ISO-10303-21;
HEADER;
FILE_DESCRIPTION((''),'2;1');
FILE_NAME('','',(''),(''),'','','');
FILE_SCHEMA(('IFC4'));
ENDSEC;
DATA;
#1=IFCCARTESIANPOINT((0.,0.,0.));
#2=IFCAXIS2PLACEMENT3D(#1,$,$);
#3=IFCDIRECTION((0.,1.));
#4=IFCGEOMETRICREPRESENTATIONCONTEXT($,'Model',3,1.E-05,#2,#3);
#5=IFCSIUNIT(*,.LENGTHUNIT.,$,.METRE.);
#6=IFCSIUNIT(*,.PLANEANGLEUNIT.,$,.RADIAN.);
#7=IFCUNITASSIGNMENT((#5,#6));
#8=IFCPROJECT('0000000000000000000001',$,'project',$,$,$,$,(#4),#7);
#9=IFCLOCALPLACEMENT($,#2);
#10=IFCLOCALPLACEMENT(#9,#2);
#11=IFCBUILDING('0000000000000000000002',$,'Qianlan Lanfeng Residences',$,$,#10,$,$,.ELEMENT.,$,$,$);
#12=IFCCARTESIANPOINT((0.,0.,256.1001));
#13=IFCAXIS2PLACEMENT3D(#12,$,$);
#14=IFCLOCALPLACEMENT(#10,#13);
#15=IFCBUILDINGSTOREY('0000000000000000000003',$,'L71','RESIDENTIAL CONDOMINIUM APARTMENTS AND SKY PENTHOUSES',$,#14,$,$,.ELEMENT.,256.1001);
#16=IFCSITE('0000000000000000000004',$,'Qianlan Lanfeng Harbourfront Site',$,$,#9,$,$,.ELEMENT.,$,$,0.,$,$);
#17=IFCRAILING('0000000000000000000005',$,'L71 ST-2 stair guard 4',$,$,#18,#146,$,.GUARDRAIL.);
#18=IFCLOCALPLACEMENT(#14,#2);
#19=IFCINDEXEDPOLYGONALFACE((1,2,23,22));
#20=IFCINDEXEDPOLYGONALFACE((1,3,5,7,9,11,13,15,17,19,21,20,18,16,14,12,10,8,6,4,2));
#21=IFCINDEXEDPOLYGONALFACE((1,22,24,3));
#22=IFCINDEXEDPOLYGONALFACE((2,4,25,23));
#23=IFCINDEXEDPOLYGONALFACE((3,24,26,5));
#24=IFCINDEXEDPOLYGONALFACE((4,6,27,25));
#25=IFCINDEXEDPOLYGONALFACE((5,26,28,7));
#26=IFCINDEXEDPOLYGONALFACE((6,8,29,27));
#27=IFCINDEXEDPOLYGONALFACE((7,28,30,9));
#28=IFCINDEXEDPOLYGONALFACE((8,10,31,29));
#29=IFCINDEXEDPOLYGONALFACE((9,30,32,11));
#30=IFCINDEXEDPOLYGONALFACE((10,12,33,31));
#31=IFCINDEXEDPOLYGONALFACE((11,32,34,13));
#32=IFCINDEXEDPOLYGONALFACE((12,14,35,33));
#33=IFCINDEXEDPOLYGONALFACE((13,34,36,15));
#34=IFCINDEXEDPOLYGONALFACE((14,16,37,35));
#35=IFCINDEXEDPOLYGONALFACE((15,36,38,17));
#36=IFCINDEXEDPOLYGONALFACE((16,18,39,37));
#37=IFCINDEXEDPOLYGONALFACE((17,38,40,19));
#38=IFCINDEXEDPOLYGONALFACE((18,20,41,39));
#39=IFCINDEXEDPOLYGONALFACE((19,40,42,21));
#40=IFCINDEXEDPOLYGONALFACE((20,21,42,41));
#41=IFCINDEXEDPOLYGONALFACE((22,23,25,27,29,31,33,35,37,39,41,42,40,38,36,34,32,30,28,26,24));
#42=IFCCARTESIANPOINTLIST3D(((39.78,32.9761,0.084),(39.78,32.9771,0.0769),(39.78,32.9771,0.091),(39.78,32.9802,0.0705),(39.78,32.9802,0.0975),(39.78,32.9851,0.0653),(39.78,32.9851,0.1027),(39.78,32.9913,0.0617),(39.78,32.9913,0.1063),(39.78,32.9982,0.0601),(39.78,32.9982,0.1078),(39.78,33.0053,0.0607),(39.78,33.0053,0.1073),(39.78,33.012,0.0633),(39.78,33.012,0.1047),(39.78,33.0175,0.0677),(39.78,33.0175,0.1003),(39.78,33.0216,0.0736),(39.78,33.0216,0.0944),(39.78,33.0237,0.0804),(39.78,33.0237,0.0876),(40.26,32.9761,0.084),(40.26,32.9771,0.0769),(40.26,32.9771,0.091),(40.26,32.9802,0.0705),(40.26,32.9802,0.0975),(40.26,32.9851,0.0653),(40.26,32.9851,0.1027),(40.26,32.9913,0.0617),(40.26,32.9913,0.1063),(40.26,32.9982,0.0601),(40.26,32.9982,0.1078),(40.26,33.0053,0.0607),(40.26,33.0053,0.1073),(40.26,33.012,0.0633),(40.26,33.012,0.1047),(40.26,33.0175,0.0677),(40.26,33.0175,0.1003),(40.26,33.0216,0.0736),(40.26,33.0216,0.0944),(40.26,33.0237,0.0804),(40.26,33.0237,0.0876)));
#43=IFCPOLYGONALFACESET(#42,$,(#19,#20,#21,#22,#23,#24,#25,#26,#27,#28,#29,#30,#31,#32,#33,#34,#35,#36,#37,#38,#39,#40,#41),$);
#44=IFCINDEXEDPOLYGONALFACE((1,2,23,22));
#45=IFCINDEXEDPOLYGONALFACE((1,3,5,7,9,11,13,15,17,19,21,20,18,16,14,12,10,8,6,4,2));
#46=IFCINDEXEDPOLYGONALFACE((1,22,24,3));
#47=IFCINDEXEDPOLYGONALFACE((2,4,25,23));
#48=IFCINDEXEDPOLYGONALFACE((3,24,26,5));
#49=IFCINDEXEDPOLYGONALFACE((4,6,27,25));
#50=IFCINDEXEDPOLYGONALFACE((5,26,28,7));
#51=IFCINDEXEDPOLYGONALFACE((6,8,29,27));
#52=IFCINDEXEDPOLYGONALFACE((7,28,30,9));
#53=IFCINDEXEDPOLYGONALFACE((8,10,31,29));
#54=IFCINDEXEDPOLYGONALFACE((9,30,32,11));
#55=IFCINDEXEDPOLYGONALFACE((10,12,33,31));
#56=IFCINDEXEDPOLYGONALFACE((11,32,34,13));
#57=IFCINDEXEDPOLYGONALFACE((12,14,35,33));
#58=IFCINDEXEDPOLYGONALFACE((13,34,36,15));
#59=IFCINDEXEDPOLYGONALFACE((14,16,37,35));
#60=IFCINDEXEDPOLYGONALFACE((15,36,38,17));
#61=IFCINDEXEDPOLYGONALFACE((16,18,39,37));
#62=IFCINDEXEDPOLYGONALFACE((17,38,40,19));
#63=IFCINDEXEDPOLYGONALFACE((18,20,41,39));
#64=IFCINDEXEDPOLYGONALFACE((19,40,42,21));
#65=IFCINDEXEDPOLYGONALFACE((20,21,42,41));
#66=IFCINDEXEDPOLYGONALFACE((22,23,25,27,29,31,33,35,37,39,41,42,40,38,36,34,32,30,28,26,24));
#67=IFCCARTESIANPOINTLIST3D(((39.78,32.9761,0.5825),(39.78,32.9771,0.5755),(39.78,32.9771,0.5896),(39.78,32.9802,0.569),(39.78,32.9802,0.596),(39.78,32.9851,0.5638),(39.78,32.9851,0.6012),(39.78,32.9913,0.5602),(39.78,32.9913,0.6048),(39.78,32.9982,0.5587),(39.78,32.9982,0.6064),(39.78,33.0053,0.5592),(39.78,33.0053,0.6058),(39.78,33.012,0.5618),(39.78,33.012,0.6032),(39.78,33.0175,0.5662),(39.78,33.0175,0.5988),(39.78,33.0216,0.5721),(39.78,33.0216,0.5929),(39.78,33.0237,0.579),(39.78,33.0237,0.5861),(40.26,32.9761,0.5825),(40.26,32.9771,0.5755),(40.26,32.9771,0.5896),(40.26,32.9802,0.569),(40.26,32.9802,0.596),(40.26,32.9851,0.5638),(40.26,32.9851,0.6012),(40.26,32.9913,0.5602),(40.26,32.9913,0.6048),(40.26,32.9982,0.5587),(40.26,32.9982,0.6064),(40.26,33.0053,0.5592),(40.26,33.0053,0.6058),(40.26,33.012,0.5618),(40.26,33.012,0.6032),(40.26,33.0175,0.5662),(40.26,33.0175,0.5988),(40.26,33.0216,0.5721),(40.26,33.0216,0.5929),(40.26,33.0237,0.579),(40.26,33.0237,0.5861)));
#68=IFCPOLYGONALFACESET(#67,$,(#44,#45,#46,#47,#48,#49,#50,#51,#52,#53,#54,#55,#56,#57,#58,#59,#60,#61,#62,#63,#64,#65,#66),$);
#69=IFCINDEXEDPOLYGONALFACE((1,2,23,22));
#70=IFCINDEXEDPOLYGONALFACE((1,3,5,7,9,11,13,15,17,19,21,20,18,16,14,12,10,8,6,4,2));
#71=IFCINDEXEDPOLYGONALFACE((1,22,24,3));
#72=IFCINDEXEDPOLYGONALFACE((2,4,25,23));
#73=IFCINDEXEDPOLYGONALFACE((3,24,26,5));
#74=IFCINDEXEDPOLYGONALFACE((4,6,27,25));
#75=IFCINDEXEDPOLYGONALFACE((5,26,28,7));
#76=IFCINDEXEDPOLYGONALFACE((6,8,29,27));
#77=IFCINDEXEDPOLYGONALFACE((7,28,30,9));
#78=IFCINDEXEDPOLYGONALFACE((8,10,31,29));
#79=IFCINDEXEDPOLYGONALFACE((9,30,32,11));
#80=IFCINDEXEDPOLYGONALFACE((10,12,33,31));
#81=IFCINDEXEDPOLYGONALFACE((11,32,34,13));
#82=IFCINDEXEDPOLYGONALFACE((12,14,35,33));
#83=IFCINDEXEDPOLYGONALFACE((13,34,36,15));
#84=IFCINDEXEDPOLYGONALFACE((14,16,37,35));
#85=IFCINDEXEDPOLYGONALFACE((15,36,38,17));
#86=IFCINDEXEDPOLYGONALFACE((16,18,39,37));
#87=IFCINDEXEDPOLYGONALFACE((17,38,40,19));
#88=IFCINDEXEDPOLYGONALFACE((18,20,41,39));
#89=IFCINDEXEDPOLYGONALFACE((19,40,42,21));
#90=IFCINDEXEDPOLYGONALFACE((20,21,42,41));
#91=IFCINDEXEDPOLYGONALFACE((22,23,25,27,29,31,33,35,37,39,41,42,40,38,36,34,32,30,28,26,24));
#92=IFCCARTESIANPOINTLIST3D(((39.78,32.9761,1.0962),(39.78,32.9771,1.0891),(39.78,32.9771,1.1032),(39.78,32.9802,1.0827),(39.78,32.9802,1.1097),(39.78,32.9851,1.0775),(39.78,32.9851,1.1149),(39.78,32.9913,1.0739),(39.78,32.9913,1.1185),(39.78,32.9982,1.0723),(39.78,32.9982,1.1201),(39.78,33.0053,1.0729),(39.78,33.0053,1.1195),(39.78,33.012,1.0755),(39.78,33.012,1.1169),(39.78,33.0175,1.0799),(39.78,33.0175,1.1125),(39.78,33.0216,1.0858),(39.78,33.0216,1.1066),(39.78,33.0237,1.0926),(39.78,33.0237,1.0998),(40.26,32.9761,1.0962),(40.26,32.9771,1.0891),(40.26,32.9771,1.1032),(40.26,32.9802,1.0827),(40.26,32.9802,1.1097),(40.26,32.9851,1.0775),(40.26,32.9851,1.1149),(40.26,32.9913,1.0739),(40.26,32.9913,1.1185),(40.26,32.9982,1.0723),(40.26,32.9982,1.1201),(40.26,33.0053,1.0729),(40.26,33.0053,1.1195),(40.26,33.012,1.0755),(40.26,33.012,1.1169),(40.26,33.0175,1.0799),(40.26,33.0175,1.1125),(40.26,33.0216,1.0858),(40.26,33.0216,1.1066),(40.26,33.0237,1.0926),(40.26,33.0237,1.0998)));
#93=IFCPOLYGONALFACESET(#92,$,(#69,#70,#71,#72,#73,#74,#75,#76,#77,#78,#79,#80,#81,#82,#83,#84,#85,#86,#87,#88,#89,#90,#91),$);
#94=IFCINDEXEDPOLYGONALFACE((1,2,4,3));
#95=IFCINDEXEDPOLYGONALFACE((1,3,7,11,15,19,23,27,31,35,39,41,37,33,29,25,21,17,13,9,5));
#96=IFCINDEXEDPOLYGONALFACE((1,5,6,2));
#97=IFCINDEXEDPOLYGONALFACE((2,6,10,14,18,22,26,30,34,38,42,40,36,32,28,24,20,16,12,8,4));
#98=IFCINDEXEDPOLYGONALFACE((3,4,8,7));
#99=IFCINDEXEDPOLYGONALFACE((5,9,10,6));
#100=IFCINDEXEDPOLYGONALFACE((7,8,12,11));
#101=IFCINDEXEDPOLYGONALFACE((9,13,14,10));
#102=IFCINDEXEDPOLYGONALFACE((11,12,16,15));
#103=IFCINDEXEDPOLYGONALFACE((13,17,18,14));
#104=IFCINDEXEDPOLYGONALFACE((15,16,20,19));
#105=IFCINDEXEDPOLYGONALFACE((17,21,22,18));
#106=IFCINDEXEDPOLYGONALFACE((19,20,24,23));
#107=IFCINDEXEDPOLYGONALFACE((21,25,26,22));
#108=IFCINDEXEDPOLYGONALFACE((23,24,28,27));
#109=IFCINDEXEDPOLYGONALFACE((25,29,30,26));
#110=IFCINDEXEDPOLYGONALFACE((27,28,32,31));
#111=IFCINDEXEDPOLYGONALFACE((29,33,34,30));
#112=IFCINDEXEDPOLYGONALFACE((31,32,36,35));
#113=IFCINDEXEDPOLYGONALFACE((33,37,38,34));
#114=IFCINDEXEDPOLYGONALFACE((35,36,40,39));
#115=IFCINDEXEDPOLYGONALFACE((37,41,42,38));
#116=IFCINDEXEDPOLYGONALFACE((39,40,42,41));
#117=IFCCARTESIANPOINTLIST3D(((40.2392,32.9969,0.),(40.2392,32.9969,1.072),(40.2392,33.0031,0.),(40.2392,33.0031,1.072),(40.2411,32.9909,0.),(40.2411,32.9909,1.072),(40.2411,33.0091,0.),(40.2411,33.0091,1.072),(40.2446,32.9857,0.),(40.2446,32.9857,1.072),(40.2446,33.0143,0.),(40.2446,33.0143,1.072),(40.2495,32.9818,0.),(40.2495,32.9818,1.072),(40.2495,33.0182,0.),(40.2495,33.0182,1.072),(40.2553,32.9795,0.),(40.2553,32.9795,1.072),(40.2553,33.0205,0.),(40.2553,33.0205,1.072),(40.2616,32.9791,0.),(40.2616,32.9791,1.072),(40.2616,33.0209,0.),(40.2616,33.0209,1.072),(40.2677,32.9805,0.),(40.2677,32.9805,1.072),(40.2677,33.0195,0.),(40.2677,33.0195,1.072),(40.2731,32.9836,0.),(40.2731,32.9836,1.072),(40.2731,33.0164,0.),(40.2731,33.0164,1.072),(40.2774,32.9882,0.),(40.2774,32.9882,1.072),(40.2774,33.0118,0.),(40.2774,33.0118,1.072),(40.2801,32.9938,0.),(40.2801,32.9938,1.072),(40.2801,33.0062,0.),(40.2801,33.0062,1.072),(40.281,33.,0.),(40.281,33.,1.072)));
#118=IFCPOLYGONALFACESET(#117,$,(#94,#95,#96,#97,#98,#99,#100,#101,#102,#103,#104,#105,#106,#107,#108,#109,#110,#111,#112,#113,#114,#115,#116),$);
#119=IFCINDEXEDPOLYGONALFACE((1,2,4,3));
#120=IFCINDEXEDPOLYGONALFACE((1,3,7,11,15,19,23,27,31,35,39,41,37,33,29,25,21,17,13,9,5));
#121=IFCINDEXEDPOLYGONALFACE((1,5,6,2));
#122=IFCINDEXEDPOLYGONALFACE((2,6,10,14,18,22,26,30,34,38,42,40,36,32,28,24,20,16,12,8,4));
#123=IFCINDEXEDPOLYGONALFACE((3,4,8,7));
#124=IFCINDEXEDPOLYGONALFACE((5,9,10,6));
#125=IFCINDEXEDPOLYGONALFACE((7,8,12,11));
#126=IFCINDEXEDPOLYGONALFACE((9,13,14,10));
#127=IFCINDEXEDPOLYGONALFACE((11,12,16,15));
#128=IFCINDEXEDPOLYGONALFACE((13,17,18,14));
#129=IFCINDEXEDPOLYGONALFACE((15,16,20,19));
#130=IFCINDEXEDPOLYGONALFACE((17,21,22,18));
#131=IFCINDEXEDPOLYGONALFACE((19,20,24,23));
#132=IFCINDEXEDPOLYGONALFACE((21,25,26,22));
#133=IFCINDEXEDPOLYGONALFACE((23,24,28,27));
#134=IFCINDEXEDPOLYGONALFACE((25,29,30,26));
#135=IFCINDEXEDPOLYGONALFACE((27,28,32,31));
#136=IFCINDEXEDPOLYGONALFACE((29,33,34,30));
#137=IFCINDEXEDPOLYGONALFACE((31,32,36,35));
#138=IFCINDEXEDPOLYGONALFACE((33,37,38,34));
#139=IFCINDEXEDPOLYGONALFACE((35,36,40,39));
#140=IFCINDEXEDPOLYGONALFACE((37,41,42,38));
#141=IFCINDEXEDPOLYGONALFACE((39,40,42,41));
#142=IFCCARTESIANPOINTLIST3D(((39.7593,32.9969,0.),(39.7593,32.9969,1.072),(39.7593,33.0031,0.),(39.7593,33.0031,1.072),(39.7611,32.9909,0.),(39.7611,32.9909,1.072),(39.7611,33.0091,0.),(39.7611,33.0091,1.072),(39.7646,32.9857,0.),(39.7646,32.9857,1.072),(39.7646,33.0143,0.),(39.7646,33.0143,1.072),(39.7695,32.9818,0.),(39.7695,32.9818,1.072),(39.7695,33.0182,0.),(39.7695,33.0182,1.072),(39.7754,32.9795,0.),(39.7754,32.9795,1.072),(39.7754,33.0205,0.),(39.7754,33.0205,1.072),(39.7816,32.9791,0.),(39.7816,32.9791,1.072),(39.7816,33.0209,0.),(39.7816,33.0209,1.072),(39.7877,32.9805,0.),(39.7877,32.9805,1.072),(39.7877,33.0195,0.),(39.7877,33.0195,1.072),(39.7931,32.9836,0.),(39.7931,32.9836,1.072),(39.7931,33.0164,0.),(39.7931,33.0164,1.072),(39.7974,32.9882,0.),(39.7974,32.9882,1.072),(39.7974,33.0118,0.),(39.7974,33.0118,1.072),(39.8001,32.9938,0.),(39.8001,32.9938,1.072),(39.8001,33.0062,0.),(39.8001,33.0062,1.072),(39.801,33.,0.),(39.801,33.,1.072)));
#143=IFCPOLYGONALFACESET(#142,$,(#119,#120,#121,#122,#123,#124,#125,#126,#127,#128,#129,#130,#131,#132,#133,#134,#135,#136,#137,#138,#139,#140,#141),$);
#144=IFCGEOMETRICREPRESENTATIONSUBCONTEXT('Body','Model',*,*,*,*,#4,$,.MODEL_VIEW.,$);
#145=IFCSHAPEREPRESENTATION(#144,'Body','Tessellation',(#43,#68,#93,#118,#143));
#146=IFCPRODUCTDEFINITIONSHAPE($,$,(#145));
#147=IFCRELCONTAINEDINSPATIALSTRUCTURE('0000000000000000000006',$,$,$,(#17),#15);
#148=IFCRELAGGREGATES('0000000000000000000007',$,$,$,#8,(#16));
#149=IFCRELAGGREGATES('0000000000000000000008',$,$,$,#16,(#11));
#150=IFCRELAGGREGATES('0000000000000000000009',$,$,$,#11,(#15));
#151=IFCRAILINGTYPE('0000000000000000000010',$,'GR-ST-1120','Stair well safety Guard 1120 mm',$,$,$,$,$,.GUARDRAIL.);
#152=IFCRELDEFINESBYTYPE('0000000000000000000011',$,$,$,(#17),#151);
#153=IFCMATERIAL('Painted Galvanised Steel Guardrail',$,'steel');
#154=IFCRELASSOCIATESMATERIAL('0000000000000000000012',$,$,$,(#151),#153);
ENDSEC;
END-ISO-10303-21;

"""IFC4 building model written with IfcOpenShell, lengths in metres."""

from ifc_helpers import new_model, si_unit, direction, frame, origin, origin_2d, place, context, subcontext, project, spatial, circle, extrude, material, type_object, element, save


model = new_model("IFC4")

# Units and contexts
model_context = context("Model", 3, precision=1e-05, world=origin(), true_north=direction((0.0, 1.0)))
body_context = subcontext(model_context, "Body", "Model", "MODEL_VIEW")
ifc_project = project(units=[si_unit("LENGTHUNIT", "METRE"), si_unit("PLANEANGLEUNIT", "RADIAN")], contexts=[model_context])

# Site, building, storey
site_placement = place(None, origin())
site = spatial("IfcSite", under=ifc_project, at=site_placement, Name="Qianlan Lanfeng Harbourfront Site", CompositionType="ELEMENT", RefElevation=0.0)
building_placement = place(site_placement, origin())
building = spatial("IfcBuilding", under=site, at=building_placement, Name="Qianlan Lanfeng Residences", CompositionType="ELEMENT")
storey_placement = place(building_placement, frame((0.0, 0.0, 256.1001)))
storey = spatial("IfcBuildingStorey", under=building, at=storey_placement, Name="L71", Description="RESIDENTIAL CONDOMINIUM APARTMENTS AND SKY PENTHOUSES", CompositionType="ELEMENT", Elevation=256.1001)

# Railing
ifc_material_1 = material(Name="Painted Galvanised Steel Guardrail", Category="steel")
railing_type_1 = type_object("IfcRailingType", Name="GR-ST-1120", Description="Stair well safety Guard 1120 mm", PredefinedType="GUARDRAIL", material=ifc_material_1)
railing_1_placement = place(storey_placement, frame((40.26, 33.0, 0.0)))
element("IfcRailing", 1, at=railing_1_placement, inside=storey, type_object=railing_type_1, Name="L71 ST-2 stair guard 4", PredefinedType="GUARDRAIL", context=body_context, shape_type="SweptSolid", body=[
    extrude(circle(Radius=0.0239, at=origin_2d()), frame((0.0, 0.0, 0.084), z_axis=(-1.0, 0.0, 0.0), x_axis=(0.0, -1.0, 0.0)), (0.0, 0.0, 1.0), 0.48),
    extrude(circle(Radius=0.0239, at=origin_2d()), frame((0.0, 0.0, 0.5825), z_axis=(-1.0, 0.0, 0.0), x_axis=(0.0, -1.0, 0.0)), (0.0, 0.0, 1.0), 0.48),
    extrude(circle(Radius=0.0239, at=origin_2d()), frame((0.0, 0.0, 1.0962), z_axis=(-1.0, 0.0, 0.0), x_axis=(0.0, -1.0, 0.0)), (0.0, 0.0, 1.0), 0.48),
    extrude(circle(Radius=0.021, at=origin_2d()), origin(), (0.0, 0.0, 1.0), 1.072),
    extrude(circle(Radius=0.021, at=origin_2d()), frame((-0.48, 0.0, 0.0)), (0.0, 0.0, 1.0), 1.072),
])

save(model, "model.ifc")
